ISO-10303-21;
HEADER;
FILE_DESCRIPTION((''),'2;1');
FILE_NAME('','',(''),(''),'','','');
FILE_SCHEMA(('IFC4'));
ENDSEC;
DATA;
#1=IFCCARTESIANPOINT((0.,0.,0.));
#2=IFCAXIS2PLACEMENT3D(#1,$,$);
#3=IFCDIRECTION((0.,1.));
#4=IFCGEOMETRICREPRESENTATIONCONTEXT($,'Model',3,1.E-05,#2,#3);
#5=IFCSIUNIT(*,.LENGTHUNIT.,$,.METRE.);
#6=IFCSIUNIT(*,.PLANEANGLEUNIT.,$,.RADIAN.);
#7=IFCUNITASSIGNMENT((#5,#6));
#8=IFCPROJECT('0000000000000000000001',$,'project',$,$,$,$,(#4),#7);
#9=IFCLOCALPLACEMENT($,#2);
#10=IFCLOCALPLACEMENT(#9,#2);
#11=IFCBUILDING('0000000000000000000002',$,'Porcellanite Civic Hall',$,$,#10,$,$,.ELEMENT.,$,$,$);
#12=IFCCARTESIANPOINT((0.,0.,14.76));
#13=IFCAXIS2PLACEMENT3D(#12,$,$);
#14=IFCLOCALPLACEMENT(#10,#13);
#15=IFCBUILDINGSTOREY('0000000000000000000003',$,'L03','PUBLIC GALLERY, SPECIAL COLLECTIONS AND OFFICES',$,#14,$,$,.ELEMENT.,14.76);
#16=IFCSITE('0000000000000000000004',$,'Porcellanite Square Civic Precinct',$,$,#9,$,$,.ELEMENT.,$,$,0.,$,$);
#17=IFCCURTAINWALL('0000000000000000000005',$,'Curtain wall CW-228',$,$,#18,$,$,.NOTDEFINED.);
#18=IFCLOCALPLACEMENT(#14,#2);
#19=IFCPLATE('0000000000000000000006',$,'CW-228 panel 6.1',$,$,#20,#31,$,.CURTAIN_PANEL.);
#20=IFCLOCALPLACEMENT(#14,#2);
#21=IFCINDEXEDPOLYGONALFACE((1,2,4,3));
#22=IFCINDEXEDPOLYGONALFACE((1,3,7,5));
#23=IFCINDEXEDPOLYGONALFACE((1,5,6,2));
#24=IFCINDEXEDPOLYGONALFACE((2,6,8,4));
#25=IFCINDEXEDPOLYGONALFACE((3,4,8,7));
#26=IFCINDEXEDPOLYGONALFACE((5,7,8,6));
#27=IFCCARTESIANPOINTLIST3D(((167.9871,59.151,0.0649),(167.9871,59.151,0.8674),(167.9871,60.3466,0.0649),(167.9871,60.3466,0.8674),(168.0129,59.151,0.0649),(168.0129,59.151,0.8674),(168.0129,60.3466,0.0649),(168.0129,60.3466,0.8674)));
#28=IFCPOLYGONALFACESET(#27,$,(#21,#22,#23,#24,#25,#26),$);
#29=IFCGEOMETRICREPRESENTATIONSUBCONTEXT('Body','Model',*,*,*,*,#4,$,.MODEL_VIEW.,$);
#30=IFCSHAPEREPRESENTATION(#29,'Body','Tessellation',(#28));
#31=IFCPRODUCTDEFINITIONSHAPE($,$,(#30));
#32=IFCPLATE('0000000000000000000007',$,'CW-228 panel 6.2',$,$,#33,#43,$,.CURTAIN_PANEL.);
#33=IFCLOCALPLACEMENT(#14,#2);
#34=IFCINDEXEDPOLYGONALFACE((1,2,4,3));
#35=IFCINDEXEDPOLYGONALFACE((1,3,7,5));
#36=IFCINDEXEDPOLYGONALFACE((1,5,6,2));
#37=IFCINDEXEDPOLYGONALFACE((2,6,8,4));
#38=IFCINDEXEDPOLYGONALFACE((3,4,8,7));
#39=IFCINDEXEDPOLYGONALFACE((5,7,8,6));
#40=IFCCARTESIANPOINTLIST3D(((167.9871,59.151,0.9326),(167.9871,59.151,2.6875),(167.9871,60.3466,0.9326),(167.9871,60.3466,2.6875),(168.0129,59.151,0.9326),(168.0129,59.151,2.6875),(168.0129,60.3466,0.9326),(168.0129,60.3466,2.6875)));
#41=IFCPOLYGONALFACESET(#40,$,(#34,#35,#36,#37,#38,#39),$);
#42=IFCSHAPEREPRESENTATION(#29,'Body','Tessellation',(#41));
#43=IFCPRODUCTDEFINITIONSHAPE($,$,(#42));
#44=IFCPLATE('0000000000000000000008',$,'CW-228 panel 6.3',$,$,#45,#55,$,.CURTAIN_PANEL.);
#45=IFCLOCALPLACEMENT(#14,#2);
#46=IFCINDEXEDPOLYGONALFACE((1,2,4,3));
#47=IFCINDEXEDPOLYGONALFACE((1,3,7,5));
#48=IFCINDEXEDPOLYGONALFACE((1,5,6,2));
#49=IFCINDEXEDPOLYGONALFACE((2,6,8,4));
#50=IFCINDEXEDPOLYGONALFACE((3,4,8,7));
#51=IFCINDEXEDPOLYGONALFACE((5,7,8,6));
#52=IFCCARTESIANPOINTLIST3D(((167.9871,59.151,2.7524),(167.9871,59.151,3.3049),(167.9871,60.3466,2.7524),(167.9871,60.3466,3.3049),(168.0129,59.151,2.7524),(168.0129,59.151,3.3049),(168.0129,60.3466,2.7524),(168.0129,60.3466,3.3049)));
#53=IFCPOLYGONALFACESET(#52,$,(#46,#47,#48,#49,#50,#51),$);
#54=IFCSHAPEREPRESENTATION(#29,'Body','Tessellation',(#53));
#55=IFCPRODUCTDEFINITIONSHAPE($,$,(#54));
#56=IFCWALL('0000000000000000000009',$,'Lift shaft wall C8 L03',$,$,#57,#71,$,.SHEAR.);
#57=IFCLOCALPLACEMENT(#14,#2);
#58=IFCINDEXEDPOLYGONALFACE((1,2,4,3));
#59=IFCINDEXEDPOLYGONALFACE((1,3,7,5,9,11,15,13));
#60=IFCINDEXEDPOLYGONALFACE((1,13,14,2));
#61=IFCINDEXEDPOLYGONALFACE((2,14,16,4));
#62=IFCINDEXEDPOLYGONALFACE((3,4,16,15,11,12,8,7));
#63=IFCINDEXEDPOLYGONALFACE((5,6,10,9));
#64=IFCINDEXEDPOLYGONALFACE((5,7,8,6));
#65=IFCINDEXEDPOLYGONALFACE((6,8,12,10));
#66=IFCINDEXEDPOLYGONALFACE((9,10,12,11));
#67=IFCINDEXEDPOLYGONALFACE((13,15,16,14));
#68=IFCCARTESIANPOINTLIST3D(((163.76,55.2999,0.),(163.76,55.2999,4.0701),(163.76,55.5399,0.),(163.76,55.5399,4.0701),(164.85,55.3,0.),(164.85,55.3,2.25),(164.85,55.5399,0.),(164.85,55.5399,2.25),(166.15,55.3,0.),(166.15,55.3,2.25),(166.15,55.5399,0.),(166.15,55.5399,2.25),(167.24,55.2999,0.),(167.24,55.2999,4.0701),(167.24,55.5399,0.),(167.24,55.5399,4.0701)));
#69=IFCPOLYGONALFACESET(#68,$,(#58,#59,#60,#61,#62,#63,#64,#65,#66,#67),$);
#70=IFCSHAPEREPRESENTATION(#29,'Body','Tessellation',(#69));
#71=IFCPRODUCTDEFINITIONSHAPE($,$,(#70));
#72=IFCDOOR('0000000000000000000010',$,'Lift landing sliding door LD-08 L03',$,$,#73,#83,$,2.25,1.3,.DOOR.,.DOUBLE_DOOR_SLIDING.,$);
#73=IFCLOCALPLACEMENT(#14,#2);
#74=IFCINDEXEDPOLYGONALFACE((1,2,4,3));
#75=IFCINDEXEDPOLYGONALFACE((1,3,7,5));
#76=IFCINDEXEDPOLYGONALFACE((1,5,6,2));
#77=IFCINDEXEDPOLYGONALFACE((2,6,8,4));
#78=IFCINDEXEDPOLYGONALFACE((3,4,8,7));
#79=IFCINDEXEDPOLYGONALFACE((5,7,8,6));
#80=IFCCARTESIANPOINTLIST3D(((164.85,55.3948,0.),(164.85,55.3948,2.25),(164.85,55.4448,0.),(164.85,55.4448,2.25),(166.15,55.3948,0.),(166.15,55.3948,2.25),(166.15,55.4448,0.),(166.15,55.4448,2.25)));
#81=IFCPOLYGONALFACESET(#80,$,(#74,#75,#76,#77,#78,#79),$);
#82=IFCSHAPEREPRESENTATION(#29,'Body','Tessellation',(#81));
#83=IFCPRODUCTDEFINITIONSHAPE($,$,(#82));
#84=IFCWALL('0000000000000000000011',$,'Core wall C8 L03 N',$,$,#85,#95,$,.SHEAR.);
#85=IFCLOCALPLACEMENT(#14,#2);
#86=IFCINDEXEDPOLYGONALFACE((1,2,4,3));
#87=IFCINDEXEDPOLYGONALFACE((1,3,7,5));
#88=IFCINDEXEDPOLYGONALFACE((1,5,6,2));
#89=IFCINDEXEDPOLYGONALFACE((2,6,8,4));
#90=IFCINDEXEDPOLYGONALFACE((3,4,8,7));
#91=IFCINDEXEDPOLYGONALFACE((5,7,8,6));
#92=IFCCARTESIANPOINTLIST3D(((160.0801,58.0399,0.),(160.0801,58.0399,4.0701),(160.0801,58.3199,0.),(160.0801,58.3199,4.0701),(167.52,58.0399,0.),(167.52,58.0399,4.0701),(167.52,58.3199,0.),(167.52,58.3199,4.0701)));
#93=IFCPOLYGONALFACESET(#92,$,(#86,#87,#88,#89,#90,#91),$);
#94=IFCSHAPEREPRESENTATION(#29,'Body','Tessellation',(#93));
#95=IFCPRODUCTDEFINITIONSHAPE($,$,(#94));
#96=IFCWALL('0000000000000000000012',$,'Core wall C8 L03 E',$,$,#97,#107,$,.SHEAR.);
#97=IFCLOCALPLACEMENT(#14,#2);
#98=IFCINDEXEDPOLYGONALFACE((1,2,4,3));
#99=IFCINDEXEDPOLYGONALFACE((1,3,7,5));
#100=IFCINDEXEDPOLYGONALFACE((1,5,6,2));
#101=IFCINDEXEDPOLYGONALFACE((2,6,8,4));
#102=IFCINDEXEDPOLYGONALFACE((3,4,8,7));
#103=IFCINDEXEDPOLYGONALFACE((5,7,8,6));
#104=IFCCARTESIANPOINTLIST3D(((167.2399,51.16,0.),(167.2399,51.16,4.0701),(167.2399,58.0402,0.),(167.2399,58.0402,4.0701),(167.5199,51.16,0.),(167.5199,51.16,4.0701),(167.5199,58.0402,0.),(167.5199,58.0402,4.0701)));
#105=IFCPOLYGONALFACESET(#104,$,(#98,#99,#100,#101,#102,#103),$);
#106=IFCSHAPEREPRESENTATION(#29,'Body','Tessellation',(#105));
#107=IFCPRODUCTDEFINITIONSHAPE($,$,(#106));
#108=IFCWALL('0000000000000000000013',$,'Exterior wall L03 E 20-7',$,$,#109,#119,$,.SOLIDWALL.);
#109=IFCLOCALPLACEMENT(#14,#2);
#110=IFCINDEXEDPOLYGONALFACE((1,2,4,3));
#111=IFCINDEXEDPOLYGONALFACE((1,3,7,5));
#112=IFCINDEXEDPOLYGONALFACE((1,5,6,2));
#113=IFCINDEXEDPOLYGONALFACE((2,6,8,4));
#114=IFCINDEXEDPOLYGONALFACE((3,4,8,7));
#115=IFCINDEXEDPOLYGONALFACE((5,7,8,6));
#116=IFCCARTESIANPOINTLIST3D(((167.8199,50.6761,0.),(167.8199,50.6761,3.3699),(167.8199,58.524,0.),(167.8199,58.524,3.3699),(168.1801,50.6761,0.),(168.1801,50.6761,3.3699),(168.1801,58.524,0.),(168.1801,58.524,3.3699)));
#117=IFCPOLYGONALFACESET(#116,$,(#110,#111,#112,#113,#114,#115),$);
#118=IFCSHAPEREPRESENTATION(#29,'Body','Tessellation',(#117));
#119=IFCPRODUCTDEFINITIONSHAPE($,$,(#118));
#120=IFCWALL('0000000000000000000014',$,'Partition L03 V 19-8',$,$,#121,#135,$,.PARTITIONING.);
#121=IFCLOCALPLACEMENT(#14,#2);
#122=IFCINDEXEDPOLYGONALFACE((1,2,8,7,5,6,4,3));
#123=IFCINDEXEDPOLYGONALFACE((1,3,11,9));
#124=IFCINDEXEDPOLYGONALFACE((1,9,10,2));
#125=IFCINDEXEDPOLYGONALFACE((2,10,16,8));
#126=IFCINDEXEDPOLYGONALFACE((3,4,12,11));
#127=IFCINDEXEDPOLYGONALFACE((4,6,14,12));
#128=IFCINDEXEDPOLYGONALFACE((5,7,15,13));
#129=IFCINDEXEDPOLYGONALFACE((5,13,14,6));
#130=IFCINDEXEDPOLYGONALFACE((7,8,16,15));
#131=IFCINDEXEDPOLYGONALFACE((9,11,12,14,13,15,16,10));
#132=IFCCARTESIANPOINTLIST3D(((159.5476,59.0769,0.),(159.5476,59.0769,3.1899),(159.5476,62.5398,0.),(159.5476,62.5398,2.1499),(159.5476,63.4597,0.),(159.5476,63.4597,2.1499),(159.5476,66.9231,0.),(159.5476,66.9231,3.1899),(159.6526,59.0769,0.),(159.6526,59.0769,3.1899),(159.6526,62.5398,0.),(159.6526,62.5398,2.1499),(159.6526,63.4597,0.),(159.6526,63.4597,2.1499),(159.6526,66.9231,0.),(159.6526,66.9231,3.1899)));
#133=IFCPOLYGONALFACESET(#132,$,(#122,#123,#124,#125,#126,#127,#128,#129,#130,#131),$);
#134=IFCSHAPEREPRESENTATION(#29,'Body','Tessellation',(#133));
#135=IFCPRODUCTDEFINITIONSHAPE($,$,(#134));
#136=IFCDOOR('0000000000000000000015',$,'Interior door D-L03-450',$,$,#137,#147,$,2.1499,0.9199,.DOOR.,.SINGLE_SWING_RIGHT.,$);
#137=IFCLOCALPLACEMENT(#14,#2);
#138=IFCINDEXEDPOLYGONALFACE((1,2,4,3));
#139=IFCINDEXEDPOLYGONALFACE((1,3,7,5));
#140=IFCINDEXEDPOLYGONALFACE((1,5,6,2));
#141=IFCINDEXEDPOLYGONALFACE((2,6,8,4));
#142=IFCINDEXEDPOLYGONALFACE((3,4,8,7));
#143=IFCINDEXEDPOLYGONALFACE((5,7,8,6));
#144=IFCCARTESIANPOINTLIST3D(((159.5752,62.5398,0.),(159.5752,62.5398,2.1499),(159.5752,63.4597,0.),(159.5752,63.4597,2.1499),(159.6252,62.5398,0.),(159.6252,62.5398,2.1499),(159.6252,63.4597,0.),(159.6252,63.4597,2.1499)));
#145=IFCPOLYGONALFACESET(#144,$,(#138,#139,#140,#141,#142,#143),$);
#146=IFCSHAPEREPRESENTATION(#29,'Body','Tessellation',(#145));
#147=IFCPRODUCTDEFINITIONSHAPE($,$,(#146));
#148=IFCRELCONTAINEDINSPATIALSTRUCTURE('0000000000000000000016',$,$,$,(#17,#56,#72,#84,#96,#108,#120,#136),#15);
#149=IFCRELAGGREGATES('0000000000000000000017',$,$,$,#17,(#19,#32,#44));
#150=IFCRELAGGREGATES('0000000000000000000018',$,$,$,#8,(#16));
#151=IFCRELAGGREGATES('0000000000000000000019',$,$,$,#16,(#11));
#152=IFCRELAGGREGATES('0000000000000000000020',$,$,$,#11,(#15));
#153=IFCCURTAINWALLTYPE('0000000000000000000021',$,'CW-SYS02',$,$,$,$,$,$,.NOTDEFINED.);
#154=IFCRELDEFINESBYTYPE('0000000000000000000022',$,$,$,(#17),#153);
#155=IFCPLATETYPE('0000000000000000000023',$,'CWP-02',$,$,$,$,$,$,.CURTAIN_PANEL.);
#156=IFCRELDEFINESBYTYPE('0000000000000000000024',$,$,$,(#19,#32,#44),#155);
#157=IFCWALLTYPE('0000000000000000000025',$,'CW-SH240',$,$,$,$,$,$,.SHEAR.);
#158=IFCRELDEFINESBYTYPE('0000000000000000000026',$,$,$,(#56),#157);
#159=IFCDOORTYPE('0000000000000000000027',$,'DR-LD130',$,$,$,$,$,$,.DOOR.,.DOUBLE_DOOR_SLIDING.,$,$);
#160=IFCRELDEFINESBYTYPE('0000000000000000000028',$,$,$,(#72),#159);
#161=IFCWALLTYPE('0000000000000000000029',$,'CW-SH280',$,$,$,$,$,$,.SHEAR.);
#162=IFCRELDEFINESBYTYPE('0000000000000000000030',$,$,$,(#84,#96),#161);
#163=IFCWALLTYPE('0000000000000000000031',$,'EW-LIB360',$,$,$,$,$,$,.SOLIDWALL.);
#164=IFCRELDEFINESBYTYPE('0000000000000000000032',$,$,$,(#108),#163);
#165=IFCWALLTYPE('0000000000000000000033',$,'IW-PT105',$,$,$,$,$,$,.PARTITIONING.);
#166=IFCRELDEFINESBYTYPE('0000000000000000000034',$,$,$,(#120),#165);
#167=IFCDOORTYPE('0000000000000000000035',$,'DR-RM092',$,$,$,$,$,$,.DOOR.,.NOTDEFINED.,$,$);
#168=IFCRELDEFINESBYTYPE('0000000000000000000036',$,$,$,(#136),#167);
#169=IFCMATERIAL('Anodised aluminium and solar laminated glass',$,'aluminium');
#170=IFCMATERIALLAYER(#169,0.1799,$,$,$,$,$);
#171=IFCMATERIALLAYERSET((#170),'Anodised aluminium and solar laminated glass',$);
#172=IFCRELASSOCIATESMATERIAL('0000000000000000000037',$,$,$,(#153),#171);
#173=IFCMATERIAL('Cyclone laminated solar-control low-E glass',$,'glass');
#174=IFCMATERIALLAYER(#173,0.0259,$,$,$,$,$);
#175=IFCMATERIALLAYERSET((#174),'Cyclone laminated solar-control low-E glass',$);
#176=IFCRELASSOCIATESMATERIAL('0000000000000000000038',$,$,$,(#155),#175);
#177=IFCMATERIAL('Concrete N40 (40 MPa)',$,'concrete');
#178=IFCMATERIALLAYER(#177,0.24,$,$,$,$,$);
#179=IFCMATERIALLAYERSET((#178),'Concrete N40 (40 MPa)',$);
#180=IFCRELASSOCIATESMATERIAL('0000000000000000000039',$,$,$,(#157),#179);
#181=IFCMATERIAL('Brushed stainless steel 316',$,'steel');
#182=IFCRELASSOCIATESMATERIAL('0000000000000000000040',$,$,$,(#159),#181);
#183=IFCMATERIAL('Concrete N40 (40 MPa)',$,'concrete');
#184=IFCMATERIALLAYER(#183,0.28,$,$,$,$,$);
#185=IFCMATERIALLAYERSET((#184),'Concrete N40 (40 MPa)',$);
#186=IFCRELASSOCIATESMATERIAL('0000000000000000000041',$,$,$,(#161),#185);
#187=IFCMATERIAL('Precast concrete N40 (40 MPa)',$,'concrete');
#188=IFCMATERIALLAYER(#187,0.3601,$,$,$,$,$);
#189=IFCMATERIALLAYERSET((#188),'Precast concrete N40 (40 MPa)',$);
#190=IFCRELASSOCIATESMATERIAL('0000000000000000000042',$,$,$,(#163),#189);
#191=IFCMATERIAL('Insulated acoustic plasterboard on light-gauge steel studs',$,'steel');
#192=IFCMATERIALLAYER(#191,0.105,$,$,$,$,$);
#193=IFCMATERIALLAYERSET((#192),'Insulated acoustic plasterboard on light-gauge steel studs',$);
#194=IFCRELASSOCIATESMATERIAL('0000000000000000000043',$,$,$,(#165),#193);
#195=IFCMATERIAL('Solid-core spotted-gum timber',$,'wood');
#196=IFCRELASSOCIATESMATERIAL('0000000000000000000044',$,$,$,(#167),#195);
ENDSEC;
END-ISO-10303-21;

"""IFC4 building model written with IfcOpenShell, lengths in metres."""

from ifc_helpers import new_model, si_unit, direction, frame, frame_2d, origin, origin_2d, place, context, subcontext, project, spatial, rectangle, extrude, material, layer, layer_set, type_object, element, fill, aggregate, save


model = new_model("IFC4")

# Units and contexts
model_context = context("Model", 3, precision=1e-05, world=origin(), true_north=direction((0.0, 1.0)))
body_context = subcontext(model_context, "Body", "Model", "MODEL_VIEW")
ifc_project = project(units=[si_unit("LENGTHUNIT", "METRE"), si_unit("PLANEANGLEUNIT", "RADIAN")], contexts=[model_context])

# Site, building, storey
site_placement = place(None, origin())
site = spatial("IfcSite", under=ifc_project, at=site_placement, Name="Porcellanite Square Civic Precinct", CompositionType="ELEMENT", RefElevation=0.0)
building_placement = place(site_placement, origin())
building = spatial("IfcBuilding", under=site, at=building_placement, Name="Porcellanite Civic Hall", CompositionType="ELEMENT")
storey_placement = place(building_placement, frame((0.0, 0.0, 14.76)))
storey = spatial("IfcBuildingStorey", under=building, at=storey_placement, Name="L03", Description="PUBLIC GALLERY, SPECIAL COLLECTIONS AND OFFICES", CompositionType="ELEMENT", Elevation=14.76)

# Curtain wall
ifc_material_1 = material(Name="Anodised aluminium and solar laminated glass", Category="aluminium")
ifc_layer_1 = layer(ifc_material_1, 0.1799)
ifc_layer_set_1 = layer_set([ifc_layer_1], Name="Anodised aluminium and solar laminated glass")
curtain_wall_type = type_object("IfcCurtainWallType", Name="CW-SYS02", PredefinedType="NOTDEFINED", material=ifc_layer_set_1)
curtain_wall_placement = place(storey_placement, origin())
curtain_wall = element("IfcCurtainWall", 1, at=curtain_wall_placement, inside=storey, type_object=curtain_wall_type, Name="Curtain wall CW-228", PredefinedType="NOTDEFINED")

# Plates
ifc_material_2 = material(Name="Cyclone laminated solar-control low-E glass", Category="glass")
ifc_layer_2 = layer(ifc_material_2, 0.0259)
ifc_layer_set_2 = layer_set([ifc_layer_2], Name="Cyclone laminated solar-control low-E glass")
plate_type = type_object("IfcPlateType", Name="CWP-02", PredefinedType="CURTAIN_PANEL", material=ifc_layer_set_2)
plate_1_placement = place(storey_placement, frame((168.0, 59.7488, 0.0649), z_axis=(0.0, 0.0, 1.0), x_axis=(0.0, -1.0, 0.0)))
plate_1 = element("IfcPlate", 2, at=plate_1_placement, type_object=plate_type, Name="CW-228 panel 6.1", PredefinedType="CURTAIN_PANEL", context=body_context, shape_type="SweptSolid", body=[
    extrude(rectangle(XDim=1.1956, YDim=0.0259, at=origin_2d()), origin(), (0.0, 0.0, 1.0), 0.8025),
])
plate_2_placement = place(storey_placement, frame((168.0, 59.7488, 0.9326), z_axis=(0.0, 0.0, 1.0), x_axis=(0.0, -1.0, 0.0)))
plate_2 = element("IfcPlate", 3, at=plate_2_placement, type_object=plate_type, Name="CW-228 panel 6.2", PredefinedType="CURTAIN_PANEL", context=body_context, shape_type="SweptSolid", body=[
    extrude(rectangle(XDim=1.1956, YDim=0.0259, at=origin_2d()), origin(), (0.0, 0.0, 1.0), 1.7549),
])
plate_3_placement = place(storey_placement, frame((168.0, 59.7488, 2.7524), z_axis=(0.0, 0.0, 1.0), x_axis=(0.0, -1.0, 0.0)))
plate_3 = element("IfcPlate", 4, at=plate_3_placement, type_object=plate_type, Name="CW-228 panel 6.3", PredefinedType="CURTAIN_PANEL", context=body_context, shape_type="SweptSolid", body=[
    extrude(rectangle(XDim=1.1956, YDim=0.0259, at=origin_2d()), origin(), (0.0, 0.0, 1.0), 0.5525),
])
aggregate(curtain_wall, [plate_1, plate_2, plate_3])

# Wall, opening, door
ifc_material_3 = material(Name="Concrete N40 (40 MPa)", Category="concrete")
ifc_layer_3 = layer(ifc_material_3, 0.24)
ifc_layer_set_3 = layer_set([ifc_layer_3], Name="Concrete N40 (40 MPa)")
wall_type_1 = type_object("IfcWallType", Name="CW-SH240", PredefinedType="SHEAR", material=ifc_layer_set_3)
wall_1_placement = place(storey_placement, frame((163.76, 55.4199, 0.0), z_axis=(0.0, 0.0, 1.0), x_axis=(1.0, 0.0, 0.0)))
wall_1 = element("IfcWall", 5, at=wall_1_placement, inside=storey, type_object=wall_type_1, Name="Lift shaft wall C8 L03", PredefinedType="SHEAR", context=body_context, shape_type="SweptSolid", body=[
    extrude(rectangle(XDim=3.48, YDim=0.24, at=frame_2d((1.74, 0.0))), origin(), (0.0, 0.0, 1.0), 4.0701),
])
opening_1_placement = place(wall_1_placement, frame((1.0901, 0.0, 0.0)))
opening_1 = element("IfcOpeningElement", 6, at=opening_1_placement, cuts=wall_1, PredefinedType="OPENING", context=body_context, shape_type="SweptSolid", body=[
    extrude(rectangle(XDim=1.3, YDim=2.25, at=frame_2d((0.6499, 1.125))), frame((0.0, 0.1201, 0.0), z_axis=(0.0, -1.0, 0.0), x_axis=(1.0, 0.0, 0.0)), (0.0, 0.0, 1.0), 0.24),
])
ifc_material_4 = material(Name="Brushed stainless steel 316", Category="steel")
door_type_1 = type_object("IfcDoorType", Name="DR-LD130", OperationType="DOUBLE_DOOR_SLIDING", PredefinedType="DOOR", material=ifc_material_4)
door_1_placement = place(opening_1_placement, origin())
door_1 = element("IfcDoor", 7, at=door_1_placement, inside=storey, type_object=door_type_1, Name="Lift landing sliding door LD-08 L03", OperationType="DOUBLE_DOOR_SLIDING", OverallHeight=2.25, OverallWidth=1.3, PredefinedType="DOOR", context=body_context, shape_type="SweptSolid", body=[
    extrude(rectangle(XDim=1.3, YDim=2.25, at=frame_2d((0.6499, 1.125))), frame((0.0, 0.0249, 0.0), z_axis=(0.0, -1.0, 0.0), x_axis=(1.0, 0.0, 0.0)), (0.0, 0.0, 1.0), 0.05),
])
fill(opening_1, door_1)

# Walls
ifc_material_5 = material(Name="Concrete N40 (40 MPa)", Category="concrete")
ifc_layer_4 = layer(ifc_material_5, 0.28)
ifc_layer_set_4 = layer_set([ifc_layer_4], Name="Concrete N40 (40 MPa)")
wall_type_2 = type_object("IfcWallType", Name="CW-SH280", PredefinedType="SHEAR", material=ifc_layer_set_4)
wall_2_placement = place(storey_placement, frame((160.0801, 58.1799, 0.0), z_axis=(0.0, 0.0, 1.0), x_axis=(1.0, 0.0, 0.0)))
element("IfcWall", 8, at=wall_2_placement, inside=storey, type_object=wall_type_2, Name="Core wall C8 L03 N", PredefinedType="SHEAR", context=body_context, shape_type="SweptSolid", body=[
    extrude(rectangle(XDim=7.4399, YDim=0.28, at=frame_2d((3.72, 0.0))), origin(), (0.0, 0.0, 1.0), 4.0701),
])
wall_3_placement = place(storey_placement, frame((167.3799, 58.04, 0.0), z_axis=(0.0, 0.0, 1.0), x_axis=(0.0, -1.0, 0.0)))
element("IfcWall", 9, at=wall_3_placement, inside=storey, type_object=wall_type_2, Name="Core wall C8 L03 E", PredefinedType="SHEAR", context=body_context, shape_type="SweptSolid", body=[
    extrude(rectangle(XDim=6.8801, YDim=0.28, at=frame_2d((3.4399, 0.0))), origin(), (0.0, 0.0, 1.0), 4.0701),
])
ifc_material_6 = material(Name="Precast concrete N40 (40 MPa)", Category="concrete")
ifc_layer_5 = layer(ifc_material_6, 0.3601)
ifc_layer_set_5 = layer_set([ifc_layer_5], Name="Precast concrete N40 (40 MPa)")
wall_type_3 = type_object("IfcWallType", Name="EW-LIB360", PredefinedType="SOLIDWALL", material=ifc_layer_set_5)
wall_4_placement = place(storey_placement, frame((168.0, 58.5239, 0.0), z_axis=(0.0, 0.0, 1.0), x_axis=(0.0, -1.0, 0.0)))
element("IfcWall", 10, at=wall_4_placement, inside=storey, type_object=wall_type_3, Name="Exterior wall L03 E 20-7", PredefinedType="SOLIDWALL", context=body_context, shape_type="SweptSolid", body=[
    extrude(rectangle(XDim=7.8479, YDim=0.3601, at=frame_2d((3.9238, 0.0))), origin(), (0.0, 0.0, 1.0), 3.3699),
])

# Wall, opening, door
ifc_material_7 = material(Name="Insulated acoustic plasterboard on light-gauge steel studs", Category="steel")
ifc_layer_6 = layer(ifc_material_7, 0.105)
ifc_layer_set_6 = layer_set([ifc_layer_6], Name="Insulated acoustic plasterboard on light-gauge steel studs")
wall_type_4 = type_object("IfcWallType", Name="IW-PT105", PredefinedType="PARTITIONING", material=ifc_layer_set_6)
wall_5_placement = place(storey_placement, frame((159.6001, 59.0769, 0.0), z_axis=(0.0, 0.0, 1.0), x_axis=(0.0, 1.0, 0.0)))
wall_5 = element("IfcWall", 11, at=wall_5_placement, inside=storey, type_object=wall_type_4, Name="Partition L03 V 19-8", PredefinedType="PARTITIONING", context=body_context, shape_type="SweptSolid", body=[
    extrude(rectangle(XDim=7.8462, YDim=0.105, at=frame_2d((3.9231, 0.0))), origin(), (0.0, 0.0, 1.0), 3.1899),
])
opening_2_placement = place(wall_5_placement, frame((3.4629, 0.0, 0.0)))
opening_2 = element("IfcOpeningElement", 12, at=opening_2_placement, cuts=wall_5, PredefinedType="OPENING", context=body_context, shape_type="SweptSolid", body=[
    extrude(rectangle(XDim=0.9199, YDim=2.1499, at=frame_2d((0.46, 1.075))), frame((0.0, 0.0525, 0.0), z_axis=(0.0, -1.0, 0.0), x_axis=(1.0, 0.0, 0.0)), (0.0, 0.0, 1.0), 0.105),
])
ifc_material_8 = material(Name="Solid-core spotted-gum timber", Category="wood")
door_type_2 = type_object("IfcDoorType", Name="DR-RM092", OperationType="NOTDEFINED", PredefinedType="DOOR", material=ifc_material_8)
door_2_placement = place(opening_2_placement, origin())
door_2 = element("IfcDoor", 13, at=door_2_placement, inside=storey, type_object=door_type_2, Name="Interior door D-L03-450", OperationType="SINGLE_SWING_RIGHT", OverallHeight=2.1499, OverallWidth=0.9199, PredefinedType="DOOR", context=body_context, shape_type="SweptSolid", body=[
    extrude(rectangle(XDim=0.9199, YDim=2.1499, at=frame_2d((0.46, 1.075))), frame((0.0, 0.0249, 0.0), z_axis=(0.0, -1.0, 0.0), x_axis=(1.0, 0.0, 0.0)), (0.0, 0.0, 1.0), 0.05),
])
fill(opening_2, door_2)

save(model, "model.ifc")
